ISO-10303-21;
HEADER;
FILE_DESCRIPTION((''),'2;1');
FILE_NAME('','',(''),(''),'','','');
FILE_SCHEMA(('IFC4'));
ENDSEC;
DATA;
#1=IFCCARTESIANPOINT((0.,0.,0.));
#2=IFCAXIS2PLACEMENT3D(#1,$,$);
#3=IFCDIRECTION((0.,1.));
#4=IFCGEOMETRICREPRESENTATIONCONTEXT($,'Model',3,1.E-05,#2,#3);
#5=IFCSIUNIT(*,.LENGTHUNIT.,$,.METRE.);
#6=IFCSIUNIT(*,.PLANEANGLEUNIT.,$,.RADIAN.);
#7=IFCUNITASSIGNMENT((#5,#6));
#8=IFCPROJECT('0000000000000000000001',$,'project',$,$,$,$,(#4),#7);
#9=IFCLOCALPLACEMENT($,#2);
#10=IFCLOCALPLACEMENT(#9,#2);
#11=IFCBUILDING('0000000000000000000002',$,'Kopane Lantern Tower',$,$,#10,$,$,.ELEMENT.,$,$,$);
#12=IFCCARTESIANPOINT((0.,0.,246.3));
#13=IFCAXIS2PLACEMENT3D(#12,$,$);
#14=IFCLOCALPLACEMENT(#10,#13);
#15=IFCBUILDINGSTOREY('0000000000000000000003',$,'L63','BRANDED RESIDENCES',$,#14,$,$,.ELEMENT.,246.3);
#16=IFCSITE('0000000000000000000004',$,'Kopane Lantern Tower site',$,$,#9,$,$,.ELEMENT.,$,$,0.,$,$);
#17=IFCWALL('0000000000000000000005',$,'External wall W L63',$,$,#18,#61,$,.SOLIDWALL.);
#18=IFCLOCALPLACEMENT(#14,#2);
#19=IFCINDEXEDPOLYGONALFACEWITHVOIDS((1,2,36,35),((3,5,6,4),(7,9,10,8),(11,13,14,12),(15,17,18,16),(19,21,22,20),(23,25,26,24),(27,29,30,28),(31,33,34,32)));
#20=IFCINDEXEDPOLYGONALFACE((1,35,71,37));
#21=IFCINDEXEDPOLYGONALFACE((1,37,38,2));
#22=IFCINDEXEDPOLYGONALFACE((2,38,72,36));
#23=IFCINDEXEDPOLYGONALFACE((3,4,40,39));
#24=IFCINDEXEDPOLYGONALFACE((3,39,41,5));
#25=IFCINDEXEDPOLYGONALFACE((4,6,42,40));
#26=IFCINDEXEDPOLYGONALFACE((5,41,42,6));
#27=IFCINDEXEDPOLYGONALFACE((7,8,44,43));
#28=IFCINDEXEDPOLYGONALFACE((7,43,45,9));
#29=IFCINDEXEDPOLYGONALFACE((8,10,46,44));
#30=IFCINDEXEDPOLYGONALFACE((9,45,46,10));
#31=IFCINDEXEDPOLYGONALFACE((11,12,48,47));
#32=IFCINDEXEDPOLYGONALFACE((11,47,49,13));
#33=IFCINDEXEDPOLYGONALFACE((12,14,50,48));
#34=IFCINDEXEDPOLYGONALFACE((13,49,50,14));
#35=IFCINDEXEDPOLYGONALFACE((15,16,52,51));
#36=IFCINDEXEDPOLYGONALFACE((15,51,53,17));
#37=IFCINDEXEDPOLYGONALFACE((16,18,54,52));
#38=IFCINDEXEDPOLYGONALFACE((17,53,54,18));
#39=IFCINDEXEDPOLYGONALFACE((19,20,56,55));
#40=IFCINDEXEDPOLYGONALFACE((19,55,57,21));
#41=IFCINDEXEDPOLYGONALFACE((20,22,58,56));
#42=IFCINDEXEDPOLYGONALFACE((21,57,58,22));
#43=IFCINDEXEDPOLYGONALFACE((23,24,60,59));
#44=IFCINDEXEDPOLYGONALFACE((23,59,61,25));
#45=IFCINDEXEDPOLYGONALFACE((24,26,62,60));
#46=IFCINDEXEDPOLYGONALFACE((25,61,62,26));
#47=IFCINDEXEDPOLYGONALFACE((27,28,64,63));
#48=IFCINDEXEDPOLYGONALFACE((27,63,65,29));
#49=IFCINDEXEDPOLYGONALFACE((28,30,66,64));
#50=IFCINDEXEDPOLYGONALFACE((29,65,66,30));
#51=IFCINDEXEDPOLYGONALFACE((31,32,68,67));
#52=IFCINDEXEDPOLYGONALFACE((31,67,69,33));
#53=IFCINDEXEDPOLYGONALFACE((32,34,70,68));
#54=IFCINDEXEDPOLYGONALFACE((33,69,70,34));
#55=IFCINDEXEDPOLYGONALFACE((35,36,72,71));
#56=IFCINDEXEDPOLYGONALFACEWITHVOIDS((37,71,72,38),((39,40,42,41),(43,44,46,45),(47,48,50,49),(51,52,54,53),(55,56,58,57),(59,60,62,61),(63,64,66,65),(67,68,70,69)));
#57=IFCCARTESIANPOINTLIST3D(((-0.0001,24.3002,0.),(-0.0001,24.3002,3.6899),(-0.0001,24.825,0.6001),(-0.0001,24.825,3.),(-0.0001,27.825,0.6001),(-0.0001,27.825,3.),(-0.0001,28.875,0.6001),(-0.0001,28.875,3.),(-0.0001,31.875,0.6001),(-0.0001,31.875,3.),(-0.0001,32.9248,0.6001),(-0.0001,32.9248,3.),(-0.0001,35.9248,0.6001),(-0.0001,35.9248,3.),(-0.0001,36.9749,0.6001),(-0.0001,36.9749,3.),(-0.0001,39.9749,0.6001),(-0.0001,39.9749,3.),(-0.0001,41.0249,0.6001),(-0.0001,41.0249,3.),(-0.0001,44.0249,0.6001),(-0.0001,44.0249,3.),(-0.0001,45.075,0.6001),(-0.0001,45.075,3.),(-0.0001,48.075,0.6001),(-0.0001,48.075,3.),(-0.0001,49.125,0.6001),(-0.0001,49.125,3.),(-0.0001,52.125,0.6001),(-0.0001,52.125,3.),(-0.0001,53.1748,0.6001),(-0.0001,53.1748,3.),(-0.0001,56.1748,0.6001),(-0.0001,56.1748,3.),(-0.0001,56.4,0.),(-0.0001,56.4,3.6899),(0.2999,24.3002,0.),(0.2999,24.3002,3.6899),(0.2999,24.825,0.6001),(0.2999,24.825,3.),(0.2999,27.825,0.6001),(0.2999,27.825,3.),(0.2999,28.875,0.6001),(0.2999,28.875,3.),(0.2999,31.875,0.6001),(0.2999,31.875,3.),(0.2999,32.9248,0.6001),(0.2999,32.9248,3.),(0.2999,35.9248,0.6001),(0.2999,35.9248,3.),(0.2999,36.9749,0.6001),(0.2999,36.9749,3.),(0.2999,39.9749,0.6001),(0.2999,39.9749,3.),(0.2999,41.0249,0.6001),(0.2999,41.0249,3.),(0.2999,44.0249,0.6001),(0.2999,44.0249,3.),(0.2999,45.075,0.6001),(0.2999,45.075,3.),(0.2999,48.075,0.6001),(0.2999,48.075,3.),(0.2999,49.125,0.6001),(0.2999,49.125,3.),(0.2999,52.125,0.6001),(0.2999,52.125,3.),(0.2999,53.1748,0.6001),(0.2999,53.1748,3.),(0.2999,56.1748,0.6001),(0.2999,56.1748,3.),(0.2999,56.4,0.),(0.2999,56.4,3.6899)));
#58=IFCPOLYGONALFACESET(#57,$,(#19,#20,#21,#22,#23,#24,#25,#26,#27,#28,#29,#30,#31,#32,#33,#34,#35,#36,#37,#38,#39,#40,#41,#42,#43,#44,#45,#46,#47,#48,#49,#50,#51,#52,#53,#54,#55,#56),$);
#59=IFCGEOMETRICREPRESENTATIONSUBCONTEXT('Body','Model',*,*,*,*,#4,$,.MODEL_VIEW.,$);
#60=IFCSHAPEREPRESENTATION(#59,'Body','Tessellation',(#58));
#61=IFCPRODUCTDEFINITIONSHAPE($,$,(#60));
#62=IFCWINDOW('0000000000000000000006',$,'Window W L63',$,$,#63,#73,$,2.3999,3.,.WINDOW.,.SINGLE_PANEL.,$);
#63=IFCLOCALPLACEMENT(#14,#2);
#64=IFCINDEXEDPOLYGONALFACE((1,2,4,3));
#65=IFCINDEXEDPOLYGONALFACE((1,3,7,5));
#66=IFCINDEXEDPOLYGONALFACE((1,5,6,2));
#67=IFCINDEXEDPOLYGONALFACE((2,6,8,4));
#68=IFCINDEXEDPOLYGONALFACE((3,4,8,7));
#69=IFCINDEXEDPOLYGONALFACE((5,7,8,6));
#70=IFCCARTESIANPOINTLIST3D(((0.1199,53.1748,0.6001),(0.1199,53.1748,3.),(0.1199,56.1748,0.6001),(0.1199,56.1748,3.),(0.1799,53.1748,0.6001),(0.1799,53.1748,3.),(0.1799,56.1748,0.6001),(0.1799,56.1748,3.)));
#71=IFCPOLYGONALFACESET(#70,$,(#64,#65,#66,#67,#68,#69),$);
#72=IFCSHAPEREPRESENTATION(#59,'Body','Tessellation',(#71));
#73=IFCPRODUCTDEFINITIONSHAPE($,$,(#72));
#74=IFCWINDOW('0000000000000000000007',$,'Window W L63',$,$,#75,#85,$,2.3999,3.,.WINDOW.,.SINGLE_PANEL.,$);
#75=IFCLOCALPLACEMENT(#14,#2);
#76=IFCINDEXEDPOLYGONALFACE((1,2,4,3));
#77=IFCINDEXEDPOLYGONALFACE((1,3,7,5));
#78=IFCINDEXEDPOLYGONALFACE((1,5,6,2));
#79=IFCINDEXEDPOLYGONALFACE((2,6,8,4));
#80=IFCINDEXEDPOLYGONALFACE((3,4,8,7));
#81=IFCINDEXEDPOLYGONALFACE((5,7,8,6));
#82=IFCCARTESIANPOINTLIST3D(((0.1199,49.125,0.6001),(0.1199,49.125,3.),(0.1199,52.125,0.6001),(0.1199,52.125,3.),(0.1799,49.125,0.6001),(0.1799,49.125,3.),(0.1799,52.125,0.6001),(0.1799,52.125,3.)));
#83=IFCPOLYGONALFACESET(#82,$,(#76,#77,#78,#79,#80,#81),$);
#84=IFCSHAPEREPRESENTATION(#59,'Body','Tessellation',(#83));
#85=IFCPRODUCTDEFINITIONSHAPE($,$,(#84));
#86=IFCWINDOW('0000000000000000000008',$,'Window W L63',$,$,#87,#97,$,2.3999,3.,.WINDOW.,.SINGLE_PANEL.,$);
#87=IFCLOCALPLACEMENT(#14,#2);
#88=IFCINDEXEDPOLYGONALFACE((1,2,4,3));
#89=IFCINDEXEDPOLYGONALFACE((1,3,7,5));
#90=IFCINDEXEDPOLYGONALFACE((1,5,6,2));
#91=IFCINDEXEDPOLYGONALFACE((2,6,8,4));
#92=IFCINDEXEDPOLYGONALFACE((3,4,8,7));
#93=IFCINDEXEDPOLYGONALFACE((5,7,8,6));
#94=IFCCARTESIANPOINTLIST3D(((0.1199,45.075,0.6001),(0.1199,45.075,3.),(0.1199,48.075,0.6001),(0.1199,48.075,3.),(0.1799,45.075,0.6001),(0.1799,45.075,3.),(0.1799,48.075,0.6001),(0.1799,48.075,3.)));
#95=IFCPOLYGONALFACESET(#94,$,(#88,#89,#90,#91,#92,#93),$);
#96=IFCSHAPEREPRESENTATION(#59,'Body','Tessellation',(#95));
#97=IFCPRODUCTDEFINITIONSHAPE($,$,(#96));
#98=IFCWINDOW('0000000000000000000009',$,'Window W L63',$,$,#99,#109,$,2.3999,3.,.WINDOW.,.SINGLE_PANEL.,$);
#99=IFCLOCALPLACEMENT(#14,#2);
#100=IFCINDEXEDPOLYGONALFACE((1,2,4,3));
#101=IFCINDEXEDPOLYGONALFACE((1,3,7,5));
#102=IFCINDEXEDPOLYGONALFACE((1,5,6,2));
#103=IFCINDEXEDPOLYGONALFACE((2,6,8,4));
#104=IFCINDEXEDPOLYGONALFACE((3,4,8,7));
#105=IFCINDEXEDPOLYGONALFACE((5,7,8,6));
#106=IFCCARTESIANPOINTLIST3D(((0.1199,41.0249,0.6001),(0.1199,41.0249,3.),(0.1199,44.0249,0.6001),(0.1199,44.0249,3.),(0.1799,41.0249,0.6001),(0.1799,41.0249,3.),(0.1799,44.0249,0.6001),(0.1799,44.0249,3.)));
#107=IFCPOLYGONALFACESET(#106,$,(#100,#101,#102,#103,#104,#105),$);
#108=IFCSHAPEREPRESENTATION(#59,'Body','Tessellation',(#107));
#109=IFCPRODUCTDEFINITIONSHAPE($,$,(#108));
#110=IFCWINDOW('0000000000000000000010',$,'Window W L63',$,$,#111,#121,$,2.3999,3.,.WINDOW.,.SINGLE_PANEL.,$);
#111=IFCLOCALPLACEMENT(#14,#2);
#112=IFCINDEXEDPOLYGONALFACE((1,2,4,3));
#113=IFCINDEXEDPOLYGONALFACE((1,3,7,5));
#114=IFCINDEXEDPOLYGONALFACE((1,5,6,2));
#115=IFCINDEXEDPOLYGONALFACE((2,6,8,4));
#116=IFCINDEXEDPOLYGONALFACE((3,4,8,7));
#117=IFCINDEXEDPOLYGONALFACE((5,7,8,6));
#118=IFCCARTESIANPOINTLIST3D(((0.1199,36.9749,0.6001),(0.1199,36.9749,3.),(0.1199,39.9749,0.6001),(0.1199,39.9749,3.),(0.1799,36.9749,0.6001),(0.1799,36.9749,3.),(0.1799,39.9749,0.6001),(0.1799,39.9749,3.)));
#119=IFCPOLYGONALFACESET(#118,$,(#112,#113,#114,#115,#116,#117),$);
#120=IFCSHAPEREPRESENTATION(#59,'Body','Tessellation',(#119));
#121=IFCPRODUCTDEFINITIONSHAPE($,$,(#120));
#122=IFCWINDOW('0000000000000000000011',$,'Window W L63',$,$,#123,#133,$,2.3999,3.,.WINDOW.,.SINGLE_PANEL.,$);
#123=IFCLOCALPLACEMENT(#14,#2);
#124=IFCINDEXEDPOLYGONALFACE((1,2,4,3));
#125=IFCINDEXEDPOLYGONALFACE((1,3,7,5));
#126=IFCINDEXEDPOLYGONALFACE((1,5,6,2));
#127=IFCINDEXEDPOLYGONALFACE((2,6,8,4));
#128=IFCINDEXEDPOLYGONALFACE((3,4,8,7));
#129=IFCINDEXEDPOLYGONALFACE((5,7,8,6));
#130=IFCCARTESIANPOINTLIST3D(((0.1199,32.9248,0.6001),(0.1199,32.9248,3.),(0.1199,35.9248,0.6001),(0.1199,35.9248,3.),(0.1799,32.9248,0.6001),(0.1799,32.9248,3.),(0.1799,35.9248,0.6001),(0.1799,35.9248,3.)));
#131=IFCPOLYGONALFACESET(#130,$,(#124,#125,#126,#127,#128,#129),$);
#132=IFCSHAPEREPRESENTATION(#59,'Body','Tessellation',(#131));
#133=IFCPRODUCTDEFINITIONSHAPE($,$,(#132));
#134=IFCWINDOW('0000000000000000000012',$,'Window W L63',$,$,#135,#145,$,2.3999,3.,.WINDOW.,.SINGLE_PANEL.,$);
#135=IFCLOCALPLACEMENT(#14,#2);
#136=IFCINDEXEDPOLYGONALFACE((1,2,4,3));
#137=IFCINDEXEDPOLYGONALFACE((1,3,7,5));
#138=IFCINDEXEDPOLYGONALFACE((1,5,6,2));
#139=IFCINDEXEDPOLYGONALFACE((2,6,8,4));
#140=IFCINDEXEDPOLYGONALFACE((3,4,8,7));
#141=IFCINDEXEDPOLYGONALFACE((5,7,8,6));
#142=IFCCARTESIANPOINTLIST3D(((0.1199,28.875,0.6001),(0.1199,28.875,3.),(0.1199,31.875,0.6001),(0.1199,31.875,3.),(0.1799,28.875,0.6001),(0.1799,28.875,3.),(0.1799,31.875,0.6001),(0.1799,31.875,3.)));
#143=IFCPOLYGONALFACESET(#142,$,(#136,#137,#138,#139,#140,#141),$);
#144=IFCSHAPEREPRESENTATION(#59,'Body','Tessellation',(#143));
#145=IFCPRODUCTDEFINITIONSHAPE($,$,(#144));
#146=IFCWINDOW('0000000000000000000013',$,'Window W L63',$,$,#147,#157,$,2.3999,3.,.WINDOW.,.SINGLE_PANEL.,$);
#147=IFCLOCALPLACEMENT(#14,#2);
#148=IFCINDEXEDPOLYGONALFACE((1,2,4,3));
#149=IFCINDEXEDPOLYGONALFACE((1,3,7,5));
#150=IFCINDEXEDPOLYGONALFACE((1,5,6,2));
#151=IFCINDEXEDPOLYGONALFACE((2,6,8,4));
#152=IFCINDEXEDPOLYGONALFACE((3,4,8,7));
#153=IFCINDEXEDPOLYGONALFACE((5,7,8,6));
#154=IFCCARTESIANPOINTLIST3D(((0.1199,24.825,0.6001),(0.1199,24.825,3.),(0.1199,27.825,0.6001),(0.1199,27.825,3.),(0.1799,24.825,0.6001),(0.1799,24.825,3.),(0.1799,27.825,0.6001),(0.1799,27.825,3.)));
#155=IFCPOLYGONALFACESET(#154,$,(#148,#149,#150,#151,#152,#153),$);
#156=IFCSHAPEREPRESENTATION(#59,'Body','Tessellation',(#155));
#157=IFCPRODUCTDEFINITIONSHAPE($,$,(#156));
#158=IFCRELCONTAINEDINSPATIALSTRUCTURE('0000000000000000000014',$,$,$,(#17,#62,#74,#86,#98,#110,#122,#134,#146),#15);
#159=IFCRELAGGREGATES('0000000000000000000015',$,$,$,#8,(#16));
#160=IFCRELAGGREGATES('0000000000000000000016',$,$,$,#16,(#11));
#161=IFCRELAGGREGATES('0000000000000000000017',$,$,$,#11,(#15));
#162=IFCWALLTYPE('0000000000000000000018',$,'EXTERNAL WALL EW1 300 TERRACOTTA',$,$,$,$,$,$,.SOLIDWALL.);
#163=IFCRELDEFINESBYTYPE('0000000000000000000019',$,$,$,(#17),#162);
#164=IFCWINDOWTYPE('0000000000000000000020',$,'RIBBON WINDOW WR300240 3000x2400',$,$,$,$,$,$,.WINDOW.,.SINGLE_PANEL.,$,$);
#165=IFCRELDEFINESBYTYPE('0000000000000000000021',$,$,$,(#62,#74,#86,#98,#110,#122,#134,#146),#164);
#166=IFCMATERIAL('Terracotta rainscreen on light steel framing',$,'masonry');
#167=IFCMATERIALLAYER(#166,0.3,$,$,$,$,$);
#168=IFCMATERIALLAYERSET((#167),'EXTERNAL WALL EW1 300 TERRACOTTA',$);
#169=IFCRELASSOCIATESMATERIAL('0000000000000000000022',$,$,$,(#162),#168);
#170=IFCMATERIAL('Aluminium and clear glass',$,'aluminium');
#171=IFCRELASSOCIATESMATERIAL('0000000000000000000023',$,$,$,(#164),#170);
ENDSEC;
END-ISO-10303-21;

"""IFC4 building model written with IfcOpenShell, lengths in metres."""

from ifc_helpers import new_model, si_unit, direction, frame, frame_2d, origin, place, context, subcontext, project, spatial, rectangle, extrude, material, layer, layer_set, type_object, element, fill, save


model = new_model("IFC4")

# Units and contexts
model_context = context("Model", 3, precision=1e-05, world=origin(), true_north=direction((0.0, 1.0)))
body_context = subcontext(model_context, "Body", "Model", "MODEL_VIEW")
ifc_project = project(units=[si_unit("LENGTHUNIT", "METRE"), si_unit("PLANEANGLEUNIT", "RADIAN")], contexts=[model_context])

# Site, building, storey
site_placement = place(None, origin())
site = spatial("IfcSite", under=ifc_project, at=site_placement, Name="Kopane Lantern Tower site", CompositionType="ELEMENT", RefElevation=0.0)
building_placement = place(site_placement, origin())
building = spatial("IfcBuilding", under=site, at=building_placement, Name="Kopane Lantern Tower", CompositionType="ELEMENT")
storey_placement = place(building_placement, frame((0.0, 0.0, 246.3)))
storey = spatial("IfcBuildingStorey", under=building, at=storey_placement, Name="L63", Description="BRANDED RESIDENCES", CompositionType="ELEMENT", Elevation=246.3)

# Shared definitions
ifc_material_1 = material(Name="Terracotta rainscreen on light steel framing", Category="masonry")
ifc_layer_1 = layer(ifc_material_1, 0.3)
ifc_layer_set_1 = layer_set([ifc_layer_1], Name="EXTERNAL WALL EW1 300 TERRACOTTA")
wall_type_1 = type_object("IfcWallType", Name="EXTERNAL WALL EW1 300 TERRACOTTA", PredefinedType="SOLIDWALL", material=ifc_layer_set_1)

# Wall, openings, windows
wall_1_placement = place(storey_placement, frame((0.1499, 56.3999, 0.0), z_axis=(0.0, 0.0, 1.0), x_axis=(0.0, -1.0, 0.0)))
wall_1 = element("IfcWall", 1, at=wall_1_placement, inside=storey, type_object=wall_type_1, Name="External wall W L63", PredefinedType="SOLIDWALL", context=body_context, shape_type="SweptSolid", body=[
    extrude(rectangle(XDim=32.0999, YDim=0.3, at=frame_2d((16.0498, 0.0))), origin(), (0.0, 0.0, 1.0), 3.6899),
])
opening_1_placement = place(wall_1_placement, frame((0.2251, 0.0, 0.6001)))
opening_1 = element("IfcOpeningElement", 2, at=opening_1_placement, cuts=wall_1, PredefinedType="OPENING", context=body_context, shape_type="SweptSolid", body=[
    extrude(rectangle(XDim=3.0, YDim=2.3999, at=frame_2d((1.5, 1.2))), frame((0.0, 0.1599, 0.0), z_axis=(0.0, -1.0, 0.0), x_axis=(1.0, 0.0, 0.0)), (0.0, 0.0, 1.0), 0.3201),
])
opening_2_placement = place(wall_1_placement, frame((4.2749, 0.0, 0.6001)))
opening_2 = element("IfcOpeningElement", 3, at=opening_2_placement, cuts=wall_1, PredefinedType="OPENING", context=body_context, shape_type="SweptSolid", body=[
    extrude(rectangle(XDim=3.0, YDim=2.3999, at=frame_2d((1.5, 1.2))), frame((0.0, 0.1599, 0.0), z_axis=(0.0, -1.0, 0.0), x_axis=(1.0, 0.0, 0.0)), (0.0, 0.0, 1.0), 0.3201),
])
opening_3_placement = place(wall_1_placement, frame((8.325, 0.0, 0.6001)))
opening_3 = element("IfcOpeningElement", 4, at=opening_3_placement, cuts=wall_1, PredefinedType="OPENING", context=body_context, shape_type="SweptSolid", body=[
    extrude(rectangle(XDim=3.0, YDim=2.3999, at=frame_2d((1.5, 1.2))), frame((0.0, 0.1599, 0.0), z_axis=(0.0, -1.0, 0.0), x_axis=(1.0, 0.0, 0.0)), (0.0, 0.0, 1.0), 0.3201),
])
opening_4_placement = place(wall_1_placement, frame((12.375, 0.0, 0.6001)))
opening_4 = element("IfcOpeningElement", 5, at=opening_4_placement, cuts=wall_1, PredefinedType="OPENING", context=body_context, shape_type="SweptSolid", body=[
    extrude(rectangle(XDim=3.0, YDim=2.3999, at=frame_2d((1.5, 1.2))), frame((0.0, 0.1599, 0.0), z_axis=(0.0, -1.0, 0.0), x_axis=(1.0, 0.0, 0.0)), (0.0, 0.0, 1.0), 0.3201),
])
opening_5_placement = place(wall_1_placement, frame((16.425, 0.0, 0.6001)))
opening_5 = element("IfcOpeningElement", 6, at=opening_5_placement, cuts=wall_1, PredefinedType="OPENING", context=body_context, shape_type="SweptSolid", body=[
    extrude(rectangle(XDim=3.0, YDim=2.3999, at=frame_2d((1.5, 1.2))), frame((0.0, 0.1599, 0.0), z_axis=(0.0, -1.0, 0.0), x_axis=(1.0, 0.0, 0.0)), (0.0, 0.0, 1.0), 0.3201),
])
opening_6_placement = place(wall_1_placement, frame((20.4751, 0.0, 0.6001)))
opening_6 = element("IfcOpeningElement", 7, at=opening_6_placement, cuts=wall_1, PredefinedType="OPENING", context=body_context, shape_type="SweptSolid", body=[
    extrude(rectangle(XDim=3.0, YDim=2.3999, at=frame_2d((1.5, 1.2))), frame((0.0, 0.1599, 0.0), z_axis=(0.0, -1.0, 0.0), x_axis=(1.0, 0.0, 0.0)), (0.0, 0.0, 1.0), 0.3201),
])
opening_7_placement = place(wall_1_placement, frame((24.5249, 0.0, 0.6001)))
opening_7 = element("IfcOpeningElement", 8, at=opening_7_placement, cuts=wall_1, PredefinedType="OPENING", context=body_context, shape_type="SweptSolid", body=[
    extrude(rectangle(XDim=3.0, YDim=2.3999, at=frame_2d((1.5, 1.2))), frame((0.0, 0.1599, 0.0), z_axis=(0.0, -1.0, 0.0), x_axis=(1.0, 0.0, 0.0)), (0.0, 0.0, 1.0), 0.3201),
])
opening_8_placement = place(wall_1_placement, frame((28.575, 0.0, 0.6001)))
opening_8 = element("IfcOpeningElement", 9, at=opening_8_placement, cuts=wall_1, PredefinedType="OPENING", context=body_context, shape_type="SweptSolid", body=[
    extrude(rectangle(XDim=3.0, YDim=2.3999, at=frame_2d((1.5, 1.2))), frame((0.0, 0.1599, 0.0), z_axis=(0.0, -1.0, 0.0), x_axis=(1.0, 0.0, 0.0)), (0.0, 0.0, 1.0), 0.3201),
])
ifc_material_2 = material(Name="Aluminium and clear glass", Category="aluminium")
window_type_1 = type_object("IfcWindowType", Name="RIBBON WINDOW WR300240 3000x2400", PartitioningType="SINGLE_PANEL", PredefinedType="WINDOW", material=ifc_material_2)
window_1_placement = place(opening_1_placement, origin())
window_1 = element("IfcWindow", 10, at=window_1_placement, inside=storey, type_object=window_type_1, Name="Window W L63", OverallHeight=2.3999, OverallWidth=3.0, PartitioningType="SINGLE_PANEL", PredefinedType="WINDOW", context=body_context, shape_type="SweptSolid", body=[
    extrude(rectangle(XDim=3.0, YDim=2.3999, at=frame_2d((1.5, 1.2))), frame((0.0, 0.03, 0.0), z_axis=(0.0, -1.0, 0.0), x_axis=(1.0, 0.0, 0.0)), (0.0, 0.0, 1.0), 0.0601),
])
fill(opening_1, window_1)
window_2_placement = place(opening_2_placement, origin())
window_2 = element("IfcWindow", 11, at=window_2_placement, inside=storey, type_object=window_type_1, Name="Window W L63", OverallHeight=2.3999, OverallWidth=3.0, PartitioningType="SINGLE_PANEL", PredefinedType="WINDOW", context=body_context, shape_type="SweptSolid", body=[
    extrude(rectangle(XDim=3.0, YDim=2.3999, at=frame_2d((1.5, 1.2))), frame((0.0, 0.03, 0.0), z_axis=(0.0, -1.0, 0.0), x_axis=(1.0, 0.0, 0.0)), (0.0, 0.0, 1.0), 0.0601),
])
fill(opening_2, window_2)
window_3_placement = place(opening_3_placement, origin())
window_3 = element("IfcWindow", 12, at=window_3_placement, inside=storey, type_object=window_type_1, Name="Window W L63", OverallHeight=2.3999, OverallWidth=3.0, PartitioningType="SINGLE_PANEL", PredefinedType="WINDOW", context=body_context, shape_type="SweptSolid", body=[
    extrude(rectangle(XDim=3.0, YDim=2.3999, at=frame_2d((1.5, 1.2))), frame((0.0, 0.03, 0.0), z_axis=(0.0, -1.0, 0.0), x_axis=(1.0, 0.0, 0.0)), (0.0, 0.0, 1.0), 0.0601),
])
fill(opening_3, window_3)
window_4_placement = place(opening_4_placement, origin())
window_4 = element("IfcWindow", 13, at=window_4_placement, inside=storey, type_object=window_type_1, Name="Window W L63", OverallHeight=2.3999, OverallWidth=3.0, PartitioningType="SINGLE_PANEL", PredefinedType="WINDOW", context=body_context, shape_type="SweptSolid", body=[
    extrude(rectangle(XDim=3.0, YDim=2.3999, at=frame_2d((1.5, 1.2))), frame((0.0, 0.03, 0.0), z_axis=(0.0, -1.0, 0.0), x_axis=(1.0, 0.0, 0.0)), (0.0, 0.0, 1.0), 0.0601),
])
fill(opening_4, window_4)
window_5_placement = place(opening_5_placement, origin())
window_5 = element("IfcWindow", 14, at=window_5_placement, inside=storey, type_object=window_type_1, Name="Window W L63", OverallHeight=2.3999, OverallWidth=3.0, PartitioningType="SINGLE_PANEL", PredefinedType="WINDOW", context=body_context, shape_type="SweptSolid", body=[
    extrude(rectangle(XDim=3.0, YDim=2.3999, at=frame_2d((1.5, 1.2))), frame((0.0, 0.03, 0.0), z_axis=(0.0, -1.0, 0.0), x_axis=(1.0, 0.0, 0.0)), (0.0, 0.0, 1.0), 0.0601),
])
fill(opening_5, window_5)
window_6_placement = place(opening_6_placement, origin())
window_6 = element("IfcWindow", 15, at=window_6_placement, inside=storey, type_object=window_type_1, Name="Window W L63", OverallHeight=2.3999, OverallWidth=3.0, PartitioningType="SINGLE_PANEL", PredefinedType="WINDOW", context=body_context, shape_type="SweptSolid", body=[
    extrude(rectangle(XDim=3.0, YDim=2.3999, at=frame_2d((1.5, 1.2))), frame((0.0, 0.03, 0.0), z_axis=(0.0, -1.0, 0.0), x_axis=(1.0, 0.0, 0.0)), (0.0, 0.0, 1.0), 0.0601),
])
fill(opening_6, window_6)
window_7_placement = place(opening_7_placement, origin())
window_7 = element("IfcWindow", 16, at=window_7_placement, inside=storey, type_object=window_type_1, Name="Window W L63", OverallHeight=2.3999, OverallWidth=3.0, PartitioningType="SINGLE_PANEL", PredefinedType="WINDOW", context=body_context, shape_type="SweptSolid", body=[
    extrude(rectangle(XDim=3.0, YDim=2.3999, at=frame_2d((1.5, 1.2))), frame((0.0, 0.03, 0.0), z_axis=(0.0, -1.0, 0.0), x_axis=(1.0, 0.0, 0.0)), (0.0, 0.0, 1.0), 0.0601),
])
fill(opening_7, window_7)
window_8_placement = place(opening_8_placement, origin())
window_8 = element("IfcWindow", 17, at=window_8_placement, inside=storey, type_object=window_type_1, Name="Window W L63", OverallHeight=2.3999, OverallWidth=3.0, PartitioningType="SINGLE_PANEL", PredefinedType="WINDOW", context=body_context, shape_type="SweptSolid", body=[
    extrude(rectangle(XDim=3.0, YDim=2.3999, at=frame_2d((1.5, 1.2))), frame((0.0, 0.03, 0.0), z_axis=(0.0, -1.0, 0.0), x_axis=(1.0, 0.0, 0.0)), (0.0, 0.0, 1.0), 0.0601),
])
fill(opening_8, window_8)

save(model, "model.ifc")
